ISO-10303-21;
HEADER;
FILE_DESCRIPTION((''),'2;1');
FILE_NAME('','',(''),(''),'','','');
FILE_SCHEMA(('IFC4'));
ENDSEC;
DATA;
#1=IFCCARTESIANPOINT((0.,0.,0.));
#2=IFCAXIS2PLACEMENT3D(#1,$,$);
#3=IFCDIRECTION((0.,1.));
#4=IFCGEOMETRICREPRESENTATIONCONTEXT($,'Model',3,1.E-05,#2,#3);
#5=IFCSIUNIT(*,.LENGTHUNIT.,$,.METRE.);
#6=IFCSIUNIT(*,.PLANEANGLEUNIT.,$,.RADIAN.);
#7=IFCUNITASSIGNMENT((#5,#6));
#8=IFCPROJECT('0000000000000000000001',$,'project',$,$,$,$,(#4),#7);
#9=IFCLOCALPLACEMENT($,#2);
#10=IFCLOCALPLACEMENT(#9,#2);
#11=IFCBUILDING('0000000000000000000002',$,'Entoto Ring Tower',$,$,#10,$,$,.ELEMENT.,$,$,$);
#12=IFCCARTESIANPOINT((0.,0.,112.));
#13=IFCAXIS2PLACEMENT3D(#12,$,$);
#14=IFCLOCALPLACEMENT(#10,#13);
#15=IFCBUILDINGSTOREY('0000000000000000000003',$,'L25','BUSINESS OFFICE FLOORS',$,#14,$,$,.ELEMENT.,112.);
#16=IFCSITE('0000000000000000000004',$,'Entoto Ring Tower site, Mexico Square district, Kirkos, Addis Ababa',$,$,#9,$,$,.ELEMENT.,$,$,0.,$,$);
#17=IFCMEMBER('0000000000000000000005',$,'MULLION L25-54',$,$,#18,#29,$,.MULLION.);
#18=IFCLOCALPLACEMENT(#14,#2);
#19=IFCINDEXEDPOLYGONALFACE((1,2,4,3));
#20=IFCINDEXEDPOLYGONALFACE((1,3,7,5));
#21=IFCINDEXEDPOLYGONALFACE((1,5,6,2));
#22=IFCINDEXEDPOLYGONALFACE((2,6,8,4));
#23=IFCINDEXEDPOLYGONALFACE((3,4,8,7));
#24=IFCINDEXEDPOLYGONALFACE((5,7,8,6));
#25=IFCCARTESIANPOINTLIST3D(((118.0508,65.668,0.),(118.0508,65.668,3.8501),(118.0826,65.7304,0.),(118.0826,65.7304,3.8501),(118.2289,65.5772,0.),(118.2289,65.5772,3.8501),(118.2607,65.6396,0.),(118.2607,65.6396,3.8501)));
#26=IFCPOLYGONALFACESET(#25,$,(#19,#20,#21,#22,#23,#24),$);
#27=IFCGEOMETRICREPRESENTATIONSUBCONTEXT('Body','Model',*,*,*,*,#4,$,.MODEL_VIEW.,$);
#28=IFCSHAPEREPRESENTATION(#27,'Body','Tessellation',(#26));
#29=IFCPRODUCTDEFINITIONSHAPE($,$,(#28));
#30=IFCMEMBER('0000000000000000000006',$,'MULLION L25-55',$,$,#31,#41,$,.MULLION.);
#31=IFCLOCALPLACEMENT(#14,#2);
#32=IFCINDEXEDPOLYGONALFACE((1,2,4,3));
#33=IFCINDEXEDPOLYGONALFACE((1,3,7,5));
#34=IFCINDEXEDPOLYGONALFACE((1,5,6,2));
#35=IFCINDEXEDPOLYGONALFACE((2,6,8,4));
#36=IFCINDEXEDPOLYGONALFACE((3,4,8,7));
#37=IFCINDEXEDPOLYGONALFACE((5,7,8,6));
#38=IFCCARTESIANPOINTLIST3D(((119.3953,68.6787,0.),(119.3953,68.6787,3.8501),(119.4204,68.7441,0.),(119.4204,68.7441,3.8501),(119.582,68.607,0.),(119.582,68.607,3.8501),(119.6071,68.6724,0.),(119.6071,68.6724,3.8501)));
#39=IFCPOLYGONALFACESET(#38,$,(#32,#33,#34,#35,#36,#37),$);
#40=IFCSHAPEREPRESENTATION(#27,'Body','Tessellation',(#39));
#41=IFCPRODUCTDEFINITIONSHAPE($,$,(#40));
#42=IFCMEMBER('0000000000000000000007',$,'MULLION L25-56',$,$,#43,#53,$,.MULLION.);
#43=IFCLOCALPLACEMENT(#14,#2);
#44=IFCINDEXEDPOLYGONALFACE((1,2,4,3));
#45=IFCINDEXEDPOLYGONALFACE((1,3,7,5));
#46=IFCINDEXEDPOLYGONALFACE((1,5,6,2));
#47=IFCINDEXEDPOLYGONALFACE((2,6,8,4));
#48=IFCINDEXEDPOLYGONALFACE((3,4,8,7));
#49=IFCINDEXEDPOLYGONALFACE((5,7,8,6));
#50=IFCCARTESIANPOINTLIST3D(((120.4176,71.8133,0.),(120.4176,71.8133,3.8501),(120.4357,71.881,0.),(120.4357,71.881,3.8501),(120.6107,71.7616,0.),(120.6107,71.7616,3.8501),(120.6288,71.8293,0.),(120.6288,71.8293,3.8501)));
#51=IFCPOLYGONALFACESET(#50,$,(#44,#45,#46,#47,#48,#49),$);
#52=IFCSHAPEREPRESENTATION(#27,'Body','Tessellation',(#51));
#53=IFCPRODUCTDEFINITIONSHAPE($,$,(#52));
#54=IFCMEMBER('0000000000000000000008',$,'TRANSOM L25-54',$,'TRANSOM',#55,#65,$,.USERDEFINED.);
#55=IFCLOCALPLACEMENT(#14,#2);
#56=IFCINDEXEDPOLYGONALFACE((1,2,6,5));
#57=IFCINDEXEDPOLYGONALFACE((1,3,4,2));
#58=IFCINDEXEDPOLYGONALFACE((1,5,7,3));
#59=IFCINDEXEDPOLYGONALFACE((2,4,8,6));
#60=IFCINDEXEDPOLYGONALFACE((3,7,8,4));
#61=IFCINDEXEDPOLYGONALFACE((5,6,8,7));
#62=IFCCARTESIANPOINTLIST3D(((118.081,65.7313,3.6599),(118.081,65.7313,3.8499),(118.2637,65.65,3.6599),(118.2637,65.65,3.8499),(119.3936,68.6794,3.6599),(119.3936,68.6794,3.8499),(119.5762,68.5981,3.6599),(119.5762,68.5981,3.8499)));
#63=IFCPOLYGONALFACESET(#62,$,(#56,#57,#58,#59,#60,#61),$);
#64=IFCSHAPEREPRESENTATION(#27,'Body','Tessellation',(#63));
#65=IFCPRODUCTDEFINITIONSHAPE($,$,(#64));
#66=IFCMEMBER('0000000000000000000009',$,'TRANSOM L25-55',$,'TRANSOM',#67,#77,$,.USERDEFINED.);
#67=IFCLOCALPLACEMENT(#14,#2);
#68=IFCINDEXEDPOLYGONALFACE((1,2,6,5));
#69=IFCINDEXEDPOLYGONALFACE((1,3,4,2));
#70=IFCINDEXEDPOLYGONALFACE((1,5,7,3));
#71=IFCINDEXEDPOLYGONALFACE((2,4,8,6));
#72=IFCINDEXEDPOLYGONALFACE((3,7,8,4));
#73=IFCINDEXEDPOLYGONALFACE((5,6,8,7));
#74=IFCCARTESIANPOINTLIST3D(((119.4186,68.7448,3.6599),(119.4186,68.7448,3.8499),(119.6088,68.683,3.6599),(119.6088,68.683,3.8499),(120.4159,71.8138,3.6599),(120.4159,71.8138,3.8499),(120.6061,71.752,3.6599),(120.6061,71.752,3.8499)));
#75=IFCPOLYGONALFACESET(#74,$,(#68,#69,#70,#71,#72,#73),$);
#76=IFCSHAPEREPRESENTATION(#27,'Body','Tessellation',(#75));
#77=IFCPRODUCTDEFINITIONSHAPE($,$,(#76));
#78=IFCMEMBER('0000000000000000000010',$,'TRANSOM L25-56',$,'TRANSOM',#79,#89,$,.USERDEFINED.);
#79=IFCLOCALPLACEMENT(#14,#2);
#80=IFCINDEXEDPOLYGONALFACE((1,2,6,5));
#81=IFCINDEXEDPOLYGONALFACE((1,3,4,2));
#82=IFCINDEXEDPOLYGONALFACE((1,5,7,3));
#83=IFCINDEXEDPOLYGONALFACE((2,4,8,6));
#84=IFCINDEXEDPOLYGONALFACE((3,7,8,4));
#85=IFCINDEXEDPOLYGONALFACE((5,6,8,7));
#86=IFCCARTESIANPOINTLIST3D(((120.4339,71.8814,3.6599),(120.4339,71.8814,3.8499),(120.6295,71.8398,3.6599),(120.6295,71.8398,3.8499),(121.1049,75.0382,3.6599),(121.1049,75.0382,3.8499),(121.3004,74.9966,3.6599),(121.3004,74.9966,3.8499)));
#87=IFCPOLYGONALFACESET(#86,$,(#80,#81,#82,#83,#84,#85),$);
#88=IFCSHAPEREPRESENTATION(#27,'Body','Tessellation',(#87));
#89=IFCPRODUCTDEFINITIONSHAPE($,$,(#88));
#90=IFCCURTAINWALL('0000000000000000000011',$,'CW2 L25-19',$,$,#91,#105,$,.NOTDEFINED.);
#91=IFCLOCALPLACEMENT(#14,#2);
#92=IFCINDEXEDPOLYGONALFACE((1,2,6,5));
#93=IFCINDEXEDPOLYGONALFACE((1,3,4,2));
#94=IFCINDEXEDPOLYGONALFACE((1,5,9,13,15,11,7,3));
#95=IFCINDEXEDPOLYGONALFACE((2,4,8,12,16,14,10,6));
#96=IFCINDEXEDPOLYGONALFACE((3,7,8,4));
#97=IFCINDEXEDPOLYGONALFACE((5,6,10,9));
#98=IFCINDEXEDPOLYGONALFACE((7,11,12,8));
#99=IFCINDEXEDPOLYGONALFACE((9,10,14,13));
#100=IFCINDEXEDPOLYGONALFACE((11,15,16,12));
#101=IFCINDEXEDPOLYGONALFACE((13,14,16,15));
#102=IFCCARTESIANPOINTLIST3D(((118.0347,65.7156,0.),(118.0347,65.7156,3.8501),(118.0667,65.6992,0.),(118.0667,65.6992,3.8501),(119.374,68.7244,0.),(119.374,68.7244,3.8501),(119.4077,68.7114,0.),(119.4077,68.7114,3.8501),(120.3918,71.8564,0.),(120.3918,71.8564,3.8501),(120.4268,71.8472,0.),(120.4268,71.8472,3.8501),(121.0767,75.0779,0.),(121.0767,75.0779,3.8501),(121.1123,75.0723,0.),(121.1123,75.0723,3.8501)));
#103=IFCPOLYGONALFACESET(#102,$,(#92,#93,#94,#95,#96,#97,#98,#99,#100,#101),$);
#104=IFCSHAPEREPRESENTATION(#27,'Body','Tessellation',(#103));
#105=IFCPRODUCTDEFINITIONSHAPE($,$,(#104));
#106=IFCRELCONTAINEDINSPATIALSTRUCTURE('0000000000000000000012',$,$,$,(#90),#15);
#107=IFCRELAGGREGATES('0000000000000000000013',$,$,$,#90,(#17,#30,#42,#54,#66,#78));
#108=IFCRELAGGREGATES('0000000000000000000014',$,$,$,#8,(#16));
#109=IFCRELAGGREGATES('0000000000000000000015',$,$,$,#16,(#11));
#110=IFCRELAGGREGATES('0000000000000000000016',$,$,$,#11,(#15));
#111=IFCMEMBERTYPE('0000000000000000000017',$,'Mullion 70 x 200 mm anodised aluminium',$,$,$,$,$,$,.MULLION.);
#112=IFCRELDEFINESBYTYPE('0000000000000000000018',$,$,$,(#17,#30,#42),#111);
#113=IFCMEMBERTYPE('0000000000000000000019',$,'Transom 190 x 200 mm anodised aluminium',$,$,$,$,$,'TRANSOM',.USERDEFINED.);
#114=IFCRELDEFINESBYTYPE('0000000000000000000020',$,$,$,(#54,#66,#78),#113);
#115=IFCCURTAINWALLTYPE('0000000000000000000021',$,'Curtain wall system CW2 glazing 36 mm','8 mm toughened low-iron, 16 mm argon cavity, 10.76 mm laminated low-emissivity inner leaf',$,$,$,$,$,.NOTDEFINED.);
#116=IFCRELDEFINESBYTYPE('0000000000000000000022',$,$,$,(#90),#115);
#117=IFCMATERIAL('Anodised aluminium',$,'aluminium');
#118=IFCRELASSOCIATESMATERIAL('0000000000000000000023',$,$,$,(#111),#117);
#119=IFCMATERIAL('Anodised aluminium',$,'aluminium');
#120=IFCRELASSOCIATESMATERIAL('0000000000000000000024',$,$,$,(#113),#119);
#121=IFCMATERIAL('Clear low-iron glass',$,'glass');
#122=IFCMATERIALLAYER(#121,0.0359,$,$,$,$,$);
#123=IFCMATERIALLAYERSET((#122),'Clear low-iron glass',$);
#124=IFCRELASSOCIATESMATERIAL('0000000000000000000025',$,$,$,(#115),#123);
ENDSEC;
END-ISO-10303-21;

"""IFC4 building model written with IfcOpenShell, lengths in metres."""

from ifc_helpers import new_model, si_unit, direction, frame, origin, origin_2d, place, context, subcontext, project, spatial, polyline, rectangle, outline, extrude, material, layer, layer_set, material_profile, profile_set, type_object, element, aggregate, save


model = new_model("IFC4")

# Units and contexts
model_context = context("Model", 3, precision=1e-05, world=origin(), true_north=direction((0.0, 1.0)))
body_context = subcontext(model_context, "Body", "Model", "MODEL_VIEW")
ifc_project = project(units=[si_unit("LENGTHUNIT", "METRE"), si_unit("PLANEANGLEUNIT", "RADIAN")], contexts=[model_context])

# Members
ifc_material_1 = material(Name="Anodised aluminium", Category="aluminium")
ifc_material_profile_1 = material_profile(ifc_material_1, rectangle(XDim=0.0701, YDim=0.2, at=origin_2d()), Name="Mullion 70 x 200 mm anodised aluminium")
ifc_profile_set_1 = profile_set([ifc_material_profile_1], Name="Anodised aluminium")
member_type_1 = type_object("IfcMemberType", Name="Mullion 70 x 200 mm anodised aluminium", PredefinedType="MULLION", material=ifc_profile_set_1)
site_placement = place(None, origin())
building_placement = place(site_placement, origin())
storey_placement = place(building_placement, frame((0.0, 0.0, 112.0)))
member_1_placement = place(storey_placement, frame((118.1558, 65.6538, 0.0), z_axis=(0.0, 0.0, 1.0), x_axis=(0.45399, 0.891007, 0.0)))
member_1 = element("IfcMember", 1, at=member_1_placement, type_object=member_type_1, Name="MULLION L25-54", PredefinedType="MULLION", context=body_context, shape_type="SweptSolid", body=[
    extrude(rectangle(XDim=0.0701, YDim=0.2, at=origin_2d()), origin(), (0.0, 0.0, 1.0), 3.8501),
])
member_2_placement = place(storey_placement, frame((119.5012, 68.6755, 0.0), z_axis=(0.0, 0.0, 1.0), x_axis=(0.358368, 0.93358, 0.0)))
member_2 = element("IfcMember", 2, at=member_2_placement, type_object=member_type_1, Name="MULLION L25-55", PredefinedType="MULLION", context=body_context, shape_type="SweptSolid", body=[
    extrude(rectangle(XDim=0.0701, YDim=0.2, at=origin_2d()), origin(), (0.0, 0.0, 1.0), 3.8501),
])
member_3_placement = place(storey_placement, frame((120.5232, 71.8213, 0.0), z_axis=(0.0, 0.0, 1.0), x_axis=(0.258819, 0.965926, 0.0)))
member_3 = element("IfcMember", 3, at=member_3_placement, type_object=member_type_1, Name="MULLION L25-56", PredefinedType="MULLION", context=body_context, shape_type="SweptSolid", body=[
    extrude(rectangle(XDim=0.0701, YDim=0.2, at=origin_2d()), origin(), (0.0, 0.0, 1.0), 3.8501),
])
ifc_material_2 = material(Name="Anodised aluminium", Category="aluminium")
ifc_material_profile_2 = material_profile(ifc_material_2, rectangle(XDim=0.2, YDim=0.1899, at=origin_2d()), Name="Transom 190 x 200 mm anodised aluminium")
ifc_profile_set_2 = profile_set([ifc_material_profile_2], Name="Anodised aluminium")
member_type_2 = type_object("IfcMemberType", Name="Transom 190 x 200 mm anodised aluminium", ElementType="TRANSOM", PredefinedType="USERDEFINED", material=ifc_profile_set_2)
member_4_placement = place(storey_placement, frame((118.1724, 65.6907, 3.7549), z_axis=(0.406728, 0.913549, 0.0), x_axis=(-0.913549, 0.406728, 0.0)))
member_4 = element("IfcMember", 4, at=member_4_placement, type_object=member_type_2, Name="TRANSOM L25-54", ObjectType="TRANSOM", PredefinedType="USERDEFINED", context=body_context, shape_type="SweptSolid", body=[
    extrude(rectangle(XDim=0.2, YDim=0.1899, at=origin_2d()), origin(), (0.0, 0.0, 1.0), 3.2271),
])
member_5_placement = place(storey_placement, frame((119.5137, 68.7139, 3.7549), z_axis=(0.309047, 0.951047, 0.0), x_axis=(-0.951047, 0.309047, 0.0)))
member_5 = element("IfcMember", 5, at=member_5_placement, type_object=member_type_2, Name="TRANSOM L25-55", ObjectType="TRANSOM", PredefinedType="USERDEFINED", context=body_context, shape_type="SweptSolid", body=[
    extrude(rectangle(XDim=0.2, YDim=0.1899, at=origin_2d()), origin(), (0.0, 0.0, 1.0), 3.2271),
])
member_6_placement = place(storey_placement, frame((120.5317, 71.8606, 3.7549), z_axis=(0.207886, 0.978153, 0.0), x_axis=(-0.978153, 0.207886, 0.0)))
member_6 = element("IfcMember", 6, at=member_6_placement, type_object=member_type_2, Name="TRANSOM L25-56", ObjectType="TRANSOM", PredefinedType="USERDEFINED", context=body_context, shape_type="SweptSolid", body=[
    extrude(rectangle(XDim=0.2, YDim=0.1899, at=origin_2d()), origin(), (0.0, 0.0, 1.0), 3.2273),
])

# Site, building, storey
site = spatial("IfcSite", under=ifc_project, at=site_placement, Name="Entoto Ring Tower site, Mexico Square district, Kirkos, Addis Ababa", CompositionType="ELEMENT", RefElevation=0.0)
building = spatial("IfcBuilding", under=site, at=building_placement, Name="Entoto Ring Tower", CompositionType="ELEMENT")
storey = spatial("IfcBuildingStorey", under=building, at=storey_placement, Name="L25", Description="BUSINESS OFFICE FLOORS", CompositionType="ELEMENT", Elevation=112.0)

# Curtain wall
ifc_material_3 = material(Name="Clear low-iron glass", Category="glass")
ifc_layer_1 = layer(ifc_material_3, 0.0359)
ifc_layer_set_1 = layer_set([ifc_layer_1], Name="Clear low-iron glass")
curtain_wall_type = type_object("IfcCurtainWallType", Name="Curtain wall system CW2 glazing 36 mm", Description="8 mm toughened low-iron, 16 mm argon cavity, 10.76 mm laminated low-emissivity inner leaf", PredefinedType="NOTDEFINED", material=ifc_layer_set_1)
curtain_wall_1_placement = place(storey_placement, origin())
curtain_wall_1 = element("IfcCurtainWall", 7, at=curtain_wall_1_placement, inside=storey, type_object=curtain_wall_type, Name="CW2 L25-19", PredefinedType="NOTDEFINED", context=body_context, shape_type="SweptSolid", body=[
    extrude(outline(polyline([(118.0667, 65.6992), (119.4077, 68.7114), (120.4268, 71.8472), (121.1123, 75.0723), (121.0767, 75.0779), (120.3918, 71.8564), (119.374, 68.7244), (118.0347, 65.7156), (118.0667, 65.6992)])), origin(), (0.0, 0.0, 1.0), 3.8501),
])
aggregate(curtain_wall_1, [member_1, member_2, member_3, member_4, member_5, member_6])

save(model, "model.ifc")
